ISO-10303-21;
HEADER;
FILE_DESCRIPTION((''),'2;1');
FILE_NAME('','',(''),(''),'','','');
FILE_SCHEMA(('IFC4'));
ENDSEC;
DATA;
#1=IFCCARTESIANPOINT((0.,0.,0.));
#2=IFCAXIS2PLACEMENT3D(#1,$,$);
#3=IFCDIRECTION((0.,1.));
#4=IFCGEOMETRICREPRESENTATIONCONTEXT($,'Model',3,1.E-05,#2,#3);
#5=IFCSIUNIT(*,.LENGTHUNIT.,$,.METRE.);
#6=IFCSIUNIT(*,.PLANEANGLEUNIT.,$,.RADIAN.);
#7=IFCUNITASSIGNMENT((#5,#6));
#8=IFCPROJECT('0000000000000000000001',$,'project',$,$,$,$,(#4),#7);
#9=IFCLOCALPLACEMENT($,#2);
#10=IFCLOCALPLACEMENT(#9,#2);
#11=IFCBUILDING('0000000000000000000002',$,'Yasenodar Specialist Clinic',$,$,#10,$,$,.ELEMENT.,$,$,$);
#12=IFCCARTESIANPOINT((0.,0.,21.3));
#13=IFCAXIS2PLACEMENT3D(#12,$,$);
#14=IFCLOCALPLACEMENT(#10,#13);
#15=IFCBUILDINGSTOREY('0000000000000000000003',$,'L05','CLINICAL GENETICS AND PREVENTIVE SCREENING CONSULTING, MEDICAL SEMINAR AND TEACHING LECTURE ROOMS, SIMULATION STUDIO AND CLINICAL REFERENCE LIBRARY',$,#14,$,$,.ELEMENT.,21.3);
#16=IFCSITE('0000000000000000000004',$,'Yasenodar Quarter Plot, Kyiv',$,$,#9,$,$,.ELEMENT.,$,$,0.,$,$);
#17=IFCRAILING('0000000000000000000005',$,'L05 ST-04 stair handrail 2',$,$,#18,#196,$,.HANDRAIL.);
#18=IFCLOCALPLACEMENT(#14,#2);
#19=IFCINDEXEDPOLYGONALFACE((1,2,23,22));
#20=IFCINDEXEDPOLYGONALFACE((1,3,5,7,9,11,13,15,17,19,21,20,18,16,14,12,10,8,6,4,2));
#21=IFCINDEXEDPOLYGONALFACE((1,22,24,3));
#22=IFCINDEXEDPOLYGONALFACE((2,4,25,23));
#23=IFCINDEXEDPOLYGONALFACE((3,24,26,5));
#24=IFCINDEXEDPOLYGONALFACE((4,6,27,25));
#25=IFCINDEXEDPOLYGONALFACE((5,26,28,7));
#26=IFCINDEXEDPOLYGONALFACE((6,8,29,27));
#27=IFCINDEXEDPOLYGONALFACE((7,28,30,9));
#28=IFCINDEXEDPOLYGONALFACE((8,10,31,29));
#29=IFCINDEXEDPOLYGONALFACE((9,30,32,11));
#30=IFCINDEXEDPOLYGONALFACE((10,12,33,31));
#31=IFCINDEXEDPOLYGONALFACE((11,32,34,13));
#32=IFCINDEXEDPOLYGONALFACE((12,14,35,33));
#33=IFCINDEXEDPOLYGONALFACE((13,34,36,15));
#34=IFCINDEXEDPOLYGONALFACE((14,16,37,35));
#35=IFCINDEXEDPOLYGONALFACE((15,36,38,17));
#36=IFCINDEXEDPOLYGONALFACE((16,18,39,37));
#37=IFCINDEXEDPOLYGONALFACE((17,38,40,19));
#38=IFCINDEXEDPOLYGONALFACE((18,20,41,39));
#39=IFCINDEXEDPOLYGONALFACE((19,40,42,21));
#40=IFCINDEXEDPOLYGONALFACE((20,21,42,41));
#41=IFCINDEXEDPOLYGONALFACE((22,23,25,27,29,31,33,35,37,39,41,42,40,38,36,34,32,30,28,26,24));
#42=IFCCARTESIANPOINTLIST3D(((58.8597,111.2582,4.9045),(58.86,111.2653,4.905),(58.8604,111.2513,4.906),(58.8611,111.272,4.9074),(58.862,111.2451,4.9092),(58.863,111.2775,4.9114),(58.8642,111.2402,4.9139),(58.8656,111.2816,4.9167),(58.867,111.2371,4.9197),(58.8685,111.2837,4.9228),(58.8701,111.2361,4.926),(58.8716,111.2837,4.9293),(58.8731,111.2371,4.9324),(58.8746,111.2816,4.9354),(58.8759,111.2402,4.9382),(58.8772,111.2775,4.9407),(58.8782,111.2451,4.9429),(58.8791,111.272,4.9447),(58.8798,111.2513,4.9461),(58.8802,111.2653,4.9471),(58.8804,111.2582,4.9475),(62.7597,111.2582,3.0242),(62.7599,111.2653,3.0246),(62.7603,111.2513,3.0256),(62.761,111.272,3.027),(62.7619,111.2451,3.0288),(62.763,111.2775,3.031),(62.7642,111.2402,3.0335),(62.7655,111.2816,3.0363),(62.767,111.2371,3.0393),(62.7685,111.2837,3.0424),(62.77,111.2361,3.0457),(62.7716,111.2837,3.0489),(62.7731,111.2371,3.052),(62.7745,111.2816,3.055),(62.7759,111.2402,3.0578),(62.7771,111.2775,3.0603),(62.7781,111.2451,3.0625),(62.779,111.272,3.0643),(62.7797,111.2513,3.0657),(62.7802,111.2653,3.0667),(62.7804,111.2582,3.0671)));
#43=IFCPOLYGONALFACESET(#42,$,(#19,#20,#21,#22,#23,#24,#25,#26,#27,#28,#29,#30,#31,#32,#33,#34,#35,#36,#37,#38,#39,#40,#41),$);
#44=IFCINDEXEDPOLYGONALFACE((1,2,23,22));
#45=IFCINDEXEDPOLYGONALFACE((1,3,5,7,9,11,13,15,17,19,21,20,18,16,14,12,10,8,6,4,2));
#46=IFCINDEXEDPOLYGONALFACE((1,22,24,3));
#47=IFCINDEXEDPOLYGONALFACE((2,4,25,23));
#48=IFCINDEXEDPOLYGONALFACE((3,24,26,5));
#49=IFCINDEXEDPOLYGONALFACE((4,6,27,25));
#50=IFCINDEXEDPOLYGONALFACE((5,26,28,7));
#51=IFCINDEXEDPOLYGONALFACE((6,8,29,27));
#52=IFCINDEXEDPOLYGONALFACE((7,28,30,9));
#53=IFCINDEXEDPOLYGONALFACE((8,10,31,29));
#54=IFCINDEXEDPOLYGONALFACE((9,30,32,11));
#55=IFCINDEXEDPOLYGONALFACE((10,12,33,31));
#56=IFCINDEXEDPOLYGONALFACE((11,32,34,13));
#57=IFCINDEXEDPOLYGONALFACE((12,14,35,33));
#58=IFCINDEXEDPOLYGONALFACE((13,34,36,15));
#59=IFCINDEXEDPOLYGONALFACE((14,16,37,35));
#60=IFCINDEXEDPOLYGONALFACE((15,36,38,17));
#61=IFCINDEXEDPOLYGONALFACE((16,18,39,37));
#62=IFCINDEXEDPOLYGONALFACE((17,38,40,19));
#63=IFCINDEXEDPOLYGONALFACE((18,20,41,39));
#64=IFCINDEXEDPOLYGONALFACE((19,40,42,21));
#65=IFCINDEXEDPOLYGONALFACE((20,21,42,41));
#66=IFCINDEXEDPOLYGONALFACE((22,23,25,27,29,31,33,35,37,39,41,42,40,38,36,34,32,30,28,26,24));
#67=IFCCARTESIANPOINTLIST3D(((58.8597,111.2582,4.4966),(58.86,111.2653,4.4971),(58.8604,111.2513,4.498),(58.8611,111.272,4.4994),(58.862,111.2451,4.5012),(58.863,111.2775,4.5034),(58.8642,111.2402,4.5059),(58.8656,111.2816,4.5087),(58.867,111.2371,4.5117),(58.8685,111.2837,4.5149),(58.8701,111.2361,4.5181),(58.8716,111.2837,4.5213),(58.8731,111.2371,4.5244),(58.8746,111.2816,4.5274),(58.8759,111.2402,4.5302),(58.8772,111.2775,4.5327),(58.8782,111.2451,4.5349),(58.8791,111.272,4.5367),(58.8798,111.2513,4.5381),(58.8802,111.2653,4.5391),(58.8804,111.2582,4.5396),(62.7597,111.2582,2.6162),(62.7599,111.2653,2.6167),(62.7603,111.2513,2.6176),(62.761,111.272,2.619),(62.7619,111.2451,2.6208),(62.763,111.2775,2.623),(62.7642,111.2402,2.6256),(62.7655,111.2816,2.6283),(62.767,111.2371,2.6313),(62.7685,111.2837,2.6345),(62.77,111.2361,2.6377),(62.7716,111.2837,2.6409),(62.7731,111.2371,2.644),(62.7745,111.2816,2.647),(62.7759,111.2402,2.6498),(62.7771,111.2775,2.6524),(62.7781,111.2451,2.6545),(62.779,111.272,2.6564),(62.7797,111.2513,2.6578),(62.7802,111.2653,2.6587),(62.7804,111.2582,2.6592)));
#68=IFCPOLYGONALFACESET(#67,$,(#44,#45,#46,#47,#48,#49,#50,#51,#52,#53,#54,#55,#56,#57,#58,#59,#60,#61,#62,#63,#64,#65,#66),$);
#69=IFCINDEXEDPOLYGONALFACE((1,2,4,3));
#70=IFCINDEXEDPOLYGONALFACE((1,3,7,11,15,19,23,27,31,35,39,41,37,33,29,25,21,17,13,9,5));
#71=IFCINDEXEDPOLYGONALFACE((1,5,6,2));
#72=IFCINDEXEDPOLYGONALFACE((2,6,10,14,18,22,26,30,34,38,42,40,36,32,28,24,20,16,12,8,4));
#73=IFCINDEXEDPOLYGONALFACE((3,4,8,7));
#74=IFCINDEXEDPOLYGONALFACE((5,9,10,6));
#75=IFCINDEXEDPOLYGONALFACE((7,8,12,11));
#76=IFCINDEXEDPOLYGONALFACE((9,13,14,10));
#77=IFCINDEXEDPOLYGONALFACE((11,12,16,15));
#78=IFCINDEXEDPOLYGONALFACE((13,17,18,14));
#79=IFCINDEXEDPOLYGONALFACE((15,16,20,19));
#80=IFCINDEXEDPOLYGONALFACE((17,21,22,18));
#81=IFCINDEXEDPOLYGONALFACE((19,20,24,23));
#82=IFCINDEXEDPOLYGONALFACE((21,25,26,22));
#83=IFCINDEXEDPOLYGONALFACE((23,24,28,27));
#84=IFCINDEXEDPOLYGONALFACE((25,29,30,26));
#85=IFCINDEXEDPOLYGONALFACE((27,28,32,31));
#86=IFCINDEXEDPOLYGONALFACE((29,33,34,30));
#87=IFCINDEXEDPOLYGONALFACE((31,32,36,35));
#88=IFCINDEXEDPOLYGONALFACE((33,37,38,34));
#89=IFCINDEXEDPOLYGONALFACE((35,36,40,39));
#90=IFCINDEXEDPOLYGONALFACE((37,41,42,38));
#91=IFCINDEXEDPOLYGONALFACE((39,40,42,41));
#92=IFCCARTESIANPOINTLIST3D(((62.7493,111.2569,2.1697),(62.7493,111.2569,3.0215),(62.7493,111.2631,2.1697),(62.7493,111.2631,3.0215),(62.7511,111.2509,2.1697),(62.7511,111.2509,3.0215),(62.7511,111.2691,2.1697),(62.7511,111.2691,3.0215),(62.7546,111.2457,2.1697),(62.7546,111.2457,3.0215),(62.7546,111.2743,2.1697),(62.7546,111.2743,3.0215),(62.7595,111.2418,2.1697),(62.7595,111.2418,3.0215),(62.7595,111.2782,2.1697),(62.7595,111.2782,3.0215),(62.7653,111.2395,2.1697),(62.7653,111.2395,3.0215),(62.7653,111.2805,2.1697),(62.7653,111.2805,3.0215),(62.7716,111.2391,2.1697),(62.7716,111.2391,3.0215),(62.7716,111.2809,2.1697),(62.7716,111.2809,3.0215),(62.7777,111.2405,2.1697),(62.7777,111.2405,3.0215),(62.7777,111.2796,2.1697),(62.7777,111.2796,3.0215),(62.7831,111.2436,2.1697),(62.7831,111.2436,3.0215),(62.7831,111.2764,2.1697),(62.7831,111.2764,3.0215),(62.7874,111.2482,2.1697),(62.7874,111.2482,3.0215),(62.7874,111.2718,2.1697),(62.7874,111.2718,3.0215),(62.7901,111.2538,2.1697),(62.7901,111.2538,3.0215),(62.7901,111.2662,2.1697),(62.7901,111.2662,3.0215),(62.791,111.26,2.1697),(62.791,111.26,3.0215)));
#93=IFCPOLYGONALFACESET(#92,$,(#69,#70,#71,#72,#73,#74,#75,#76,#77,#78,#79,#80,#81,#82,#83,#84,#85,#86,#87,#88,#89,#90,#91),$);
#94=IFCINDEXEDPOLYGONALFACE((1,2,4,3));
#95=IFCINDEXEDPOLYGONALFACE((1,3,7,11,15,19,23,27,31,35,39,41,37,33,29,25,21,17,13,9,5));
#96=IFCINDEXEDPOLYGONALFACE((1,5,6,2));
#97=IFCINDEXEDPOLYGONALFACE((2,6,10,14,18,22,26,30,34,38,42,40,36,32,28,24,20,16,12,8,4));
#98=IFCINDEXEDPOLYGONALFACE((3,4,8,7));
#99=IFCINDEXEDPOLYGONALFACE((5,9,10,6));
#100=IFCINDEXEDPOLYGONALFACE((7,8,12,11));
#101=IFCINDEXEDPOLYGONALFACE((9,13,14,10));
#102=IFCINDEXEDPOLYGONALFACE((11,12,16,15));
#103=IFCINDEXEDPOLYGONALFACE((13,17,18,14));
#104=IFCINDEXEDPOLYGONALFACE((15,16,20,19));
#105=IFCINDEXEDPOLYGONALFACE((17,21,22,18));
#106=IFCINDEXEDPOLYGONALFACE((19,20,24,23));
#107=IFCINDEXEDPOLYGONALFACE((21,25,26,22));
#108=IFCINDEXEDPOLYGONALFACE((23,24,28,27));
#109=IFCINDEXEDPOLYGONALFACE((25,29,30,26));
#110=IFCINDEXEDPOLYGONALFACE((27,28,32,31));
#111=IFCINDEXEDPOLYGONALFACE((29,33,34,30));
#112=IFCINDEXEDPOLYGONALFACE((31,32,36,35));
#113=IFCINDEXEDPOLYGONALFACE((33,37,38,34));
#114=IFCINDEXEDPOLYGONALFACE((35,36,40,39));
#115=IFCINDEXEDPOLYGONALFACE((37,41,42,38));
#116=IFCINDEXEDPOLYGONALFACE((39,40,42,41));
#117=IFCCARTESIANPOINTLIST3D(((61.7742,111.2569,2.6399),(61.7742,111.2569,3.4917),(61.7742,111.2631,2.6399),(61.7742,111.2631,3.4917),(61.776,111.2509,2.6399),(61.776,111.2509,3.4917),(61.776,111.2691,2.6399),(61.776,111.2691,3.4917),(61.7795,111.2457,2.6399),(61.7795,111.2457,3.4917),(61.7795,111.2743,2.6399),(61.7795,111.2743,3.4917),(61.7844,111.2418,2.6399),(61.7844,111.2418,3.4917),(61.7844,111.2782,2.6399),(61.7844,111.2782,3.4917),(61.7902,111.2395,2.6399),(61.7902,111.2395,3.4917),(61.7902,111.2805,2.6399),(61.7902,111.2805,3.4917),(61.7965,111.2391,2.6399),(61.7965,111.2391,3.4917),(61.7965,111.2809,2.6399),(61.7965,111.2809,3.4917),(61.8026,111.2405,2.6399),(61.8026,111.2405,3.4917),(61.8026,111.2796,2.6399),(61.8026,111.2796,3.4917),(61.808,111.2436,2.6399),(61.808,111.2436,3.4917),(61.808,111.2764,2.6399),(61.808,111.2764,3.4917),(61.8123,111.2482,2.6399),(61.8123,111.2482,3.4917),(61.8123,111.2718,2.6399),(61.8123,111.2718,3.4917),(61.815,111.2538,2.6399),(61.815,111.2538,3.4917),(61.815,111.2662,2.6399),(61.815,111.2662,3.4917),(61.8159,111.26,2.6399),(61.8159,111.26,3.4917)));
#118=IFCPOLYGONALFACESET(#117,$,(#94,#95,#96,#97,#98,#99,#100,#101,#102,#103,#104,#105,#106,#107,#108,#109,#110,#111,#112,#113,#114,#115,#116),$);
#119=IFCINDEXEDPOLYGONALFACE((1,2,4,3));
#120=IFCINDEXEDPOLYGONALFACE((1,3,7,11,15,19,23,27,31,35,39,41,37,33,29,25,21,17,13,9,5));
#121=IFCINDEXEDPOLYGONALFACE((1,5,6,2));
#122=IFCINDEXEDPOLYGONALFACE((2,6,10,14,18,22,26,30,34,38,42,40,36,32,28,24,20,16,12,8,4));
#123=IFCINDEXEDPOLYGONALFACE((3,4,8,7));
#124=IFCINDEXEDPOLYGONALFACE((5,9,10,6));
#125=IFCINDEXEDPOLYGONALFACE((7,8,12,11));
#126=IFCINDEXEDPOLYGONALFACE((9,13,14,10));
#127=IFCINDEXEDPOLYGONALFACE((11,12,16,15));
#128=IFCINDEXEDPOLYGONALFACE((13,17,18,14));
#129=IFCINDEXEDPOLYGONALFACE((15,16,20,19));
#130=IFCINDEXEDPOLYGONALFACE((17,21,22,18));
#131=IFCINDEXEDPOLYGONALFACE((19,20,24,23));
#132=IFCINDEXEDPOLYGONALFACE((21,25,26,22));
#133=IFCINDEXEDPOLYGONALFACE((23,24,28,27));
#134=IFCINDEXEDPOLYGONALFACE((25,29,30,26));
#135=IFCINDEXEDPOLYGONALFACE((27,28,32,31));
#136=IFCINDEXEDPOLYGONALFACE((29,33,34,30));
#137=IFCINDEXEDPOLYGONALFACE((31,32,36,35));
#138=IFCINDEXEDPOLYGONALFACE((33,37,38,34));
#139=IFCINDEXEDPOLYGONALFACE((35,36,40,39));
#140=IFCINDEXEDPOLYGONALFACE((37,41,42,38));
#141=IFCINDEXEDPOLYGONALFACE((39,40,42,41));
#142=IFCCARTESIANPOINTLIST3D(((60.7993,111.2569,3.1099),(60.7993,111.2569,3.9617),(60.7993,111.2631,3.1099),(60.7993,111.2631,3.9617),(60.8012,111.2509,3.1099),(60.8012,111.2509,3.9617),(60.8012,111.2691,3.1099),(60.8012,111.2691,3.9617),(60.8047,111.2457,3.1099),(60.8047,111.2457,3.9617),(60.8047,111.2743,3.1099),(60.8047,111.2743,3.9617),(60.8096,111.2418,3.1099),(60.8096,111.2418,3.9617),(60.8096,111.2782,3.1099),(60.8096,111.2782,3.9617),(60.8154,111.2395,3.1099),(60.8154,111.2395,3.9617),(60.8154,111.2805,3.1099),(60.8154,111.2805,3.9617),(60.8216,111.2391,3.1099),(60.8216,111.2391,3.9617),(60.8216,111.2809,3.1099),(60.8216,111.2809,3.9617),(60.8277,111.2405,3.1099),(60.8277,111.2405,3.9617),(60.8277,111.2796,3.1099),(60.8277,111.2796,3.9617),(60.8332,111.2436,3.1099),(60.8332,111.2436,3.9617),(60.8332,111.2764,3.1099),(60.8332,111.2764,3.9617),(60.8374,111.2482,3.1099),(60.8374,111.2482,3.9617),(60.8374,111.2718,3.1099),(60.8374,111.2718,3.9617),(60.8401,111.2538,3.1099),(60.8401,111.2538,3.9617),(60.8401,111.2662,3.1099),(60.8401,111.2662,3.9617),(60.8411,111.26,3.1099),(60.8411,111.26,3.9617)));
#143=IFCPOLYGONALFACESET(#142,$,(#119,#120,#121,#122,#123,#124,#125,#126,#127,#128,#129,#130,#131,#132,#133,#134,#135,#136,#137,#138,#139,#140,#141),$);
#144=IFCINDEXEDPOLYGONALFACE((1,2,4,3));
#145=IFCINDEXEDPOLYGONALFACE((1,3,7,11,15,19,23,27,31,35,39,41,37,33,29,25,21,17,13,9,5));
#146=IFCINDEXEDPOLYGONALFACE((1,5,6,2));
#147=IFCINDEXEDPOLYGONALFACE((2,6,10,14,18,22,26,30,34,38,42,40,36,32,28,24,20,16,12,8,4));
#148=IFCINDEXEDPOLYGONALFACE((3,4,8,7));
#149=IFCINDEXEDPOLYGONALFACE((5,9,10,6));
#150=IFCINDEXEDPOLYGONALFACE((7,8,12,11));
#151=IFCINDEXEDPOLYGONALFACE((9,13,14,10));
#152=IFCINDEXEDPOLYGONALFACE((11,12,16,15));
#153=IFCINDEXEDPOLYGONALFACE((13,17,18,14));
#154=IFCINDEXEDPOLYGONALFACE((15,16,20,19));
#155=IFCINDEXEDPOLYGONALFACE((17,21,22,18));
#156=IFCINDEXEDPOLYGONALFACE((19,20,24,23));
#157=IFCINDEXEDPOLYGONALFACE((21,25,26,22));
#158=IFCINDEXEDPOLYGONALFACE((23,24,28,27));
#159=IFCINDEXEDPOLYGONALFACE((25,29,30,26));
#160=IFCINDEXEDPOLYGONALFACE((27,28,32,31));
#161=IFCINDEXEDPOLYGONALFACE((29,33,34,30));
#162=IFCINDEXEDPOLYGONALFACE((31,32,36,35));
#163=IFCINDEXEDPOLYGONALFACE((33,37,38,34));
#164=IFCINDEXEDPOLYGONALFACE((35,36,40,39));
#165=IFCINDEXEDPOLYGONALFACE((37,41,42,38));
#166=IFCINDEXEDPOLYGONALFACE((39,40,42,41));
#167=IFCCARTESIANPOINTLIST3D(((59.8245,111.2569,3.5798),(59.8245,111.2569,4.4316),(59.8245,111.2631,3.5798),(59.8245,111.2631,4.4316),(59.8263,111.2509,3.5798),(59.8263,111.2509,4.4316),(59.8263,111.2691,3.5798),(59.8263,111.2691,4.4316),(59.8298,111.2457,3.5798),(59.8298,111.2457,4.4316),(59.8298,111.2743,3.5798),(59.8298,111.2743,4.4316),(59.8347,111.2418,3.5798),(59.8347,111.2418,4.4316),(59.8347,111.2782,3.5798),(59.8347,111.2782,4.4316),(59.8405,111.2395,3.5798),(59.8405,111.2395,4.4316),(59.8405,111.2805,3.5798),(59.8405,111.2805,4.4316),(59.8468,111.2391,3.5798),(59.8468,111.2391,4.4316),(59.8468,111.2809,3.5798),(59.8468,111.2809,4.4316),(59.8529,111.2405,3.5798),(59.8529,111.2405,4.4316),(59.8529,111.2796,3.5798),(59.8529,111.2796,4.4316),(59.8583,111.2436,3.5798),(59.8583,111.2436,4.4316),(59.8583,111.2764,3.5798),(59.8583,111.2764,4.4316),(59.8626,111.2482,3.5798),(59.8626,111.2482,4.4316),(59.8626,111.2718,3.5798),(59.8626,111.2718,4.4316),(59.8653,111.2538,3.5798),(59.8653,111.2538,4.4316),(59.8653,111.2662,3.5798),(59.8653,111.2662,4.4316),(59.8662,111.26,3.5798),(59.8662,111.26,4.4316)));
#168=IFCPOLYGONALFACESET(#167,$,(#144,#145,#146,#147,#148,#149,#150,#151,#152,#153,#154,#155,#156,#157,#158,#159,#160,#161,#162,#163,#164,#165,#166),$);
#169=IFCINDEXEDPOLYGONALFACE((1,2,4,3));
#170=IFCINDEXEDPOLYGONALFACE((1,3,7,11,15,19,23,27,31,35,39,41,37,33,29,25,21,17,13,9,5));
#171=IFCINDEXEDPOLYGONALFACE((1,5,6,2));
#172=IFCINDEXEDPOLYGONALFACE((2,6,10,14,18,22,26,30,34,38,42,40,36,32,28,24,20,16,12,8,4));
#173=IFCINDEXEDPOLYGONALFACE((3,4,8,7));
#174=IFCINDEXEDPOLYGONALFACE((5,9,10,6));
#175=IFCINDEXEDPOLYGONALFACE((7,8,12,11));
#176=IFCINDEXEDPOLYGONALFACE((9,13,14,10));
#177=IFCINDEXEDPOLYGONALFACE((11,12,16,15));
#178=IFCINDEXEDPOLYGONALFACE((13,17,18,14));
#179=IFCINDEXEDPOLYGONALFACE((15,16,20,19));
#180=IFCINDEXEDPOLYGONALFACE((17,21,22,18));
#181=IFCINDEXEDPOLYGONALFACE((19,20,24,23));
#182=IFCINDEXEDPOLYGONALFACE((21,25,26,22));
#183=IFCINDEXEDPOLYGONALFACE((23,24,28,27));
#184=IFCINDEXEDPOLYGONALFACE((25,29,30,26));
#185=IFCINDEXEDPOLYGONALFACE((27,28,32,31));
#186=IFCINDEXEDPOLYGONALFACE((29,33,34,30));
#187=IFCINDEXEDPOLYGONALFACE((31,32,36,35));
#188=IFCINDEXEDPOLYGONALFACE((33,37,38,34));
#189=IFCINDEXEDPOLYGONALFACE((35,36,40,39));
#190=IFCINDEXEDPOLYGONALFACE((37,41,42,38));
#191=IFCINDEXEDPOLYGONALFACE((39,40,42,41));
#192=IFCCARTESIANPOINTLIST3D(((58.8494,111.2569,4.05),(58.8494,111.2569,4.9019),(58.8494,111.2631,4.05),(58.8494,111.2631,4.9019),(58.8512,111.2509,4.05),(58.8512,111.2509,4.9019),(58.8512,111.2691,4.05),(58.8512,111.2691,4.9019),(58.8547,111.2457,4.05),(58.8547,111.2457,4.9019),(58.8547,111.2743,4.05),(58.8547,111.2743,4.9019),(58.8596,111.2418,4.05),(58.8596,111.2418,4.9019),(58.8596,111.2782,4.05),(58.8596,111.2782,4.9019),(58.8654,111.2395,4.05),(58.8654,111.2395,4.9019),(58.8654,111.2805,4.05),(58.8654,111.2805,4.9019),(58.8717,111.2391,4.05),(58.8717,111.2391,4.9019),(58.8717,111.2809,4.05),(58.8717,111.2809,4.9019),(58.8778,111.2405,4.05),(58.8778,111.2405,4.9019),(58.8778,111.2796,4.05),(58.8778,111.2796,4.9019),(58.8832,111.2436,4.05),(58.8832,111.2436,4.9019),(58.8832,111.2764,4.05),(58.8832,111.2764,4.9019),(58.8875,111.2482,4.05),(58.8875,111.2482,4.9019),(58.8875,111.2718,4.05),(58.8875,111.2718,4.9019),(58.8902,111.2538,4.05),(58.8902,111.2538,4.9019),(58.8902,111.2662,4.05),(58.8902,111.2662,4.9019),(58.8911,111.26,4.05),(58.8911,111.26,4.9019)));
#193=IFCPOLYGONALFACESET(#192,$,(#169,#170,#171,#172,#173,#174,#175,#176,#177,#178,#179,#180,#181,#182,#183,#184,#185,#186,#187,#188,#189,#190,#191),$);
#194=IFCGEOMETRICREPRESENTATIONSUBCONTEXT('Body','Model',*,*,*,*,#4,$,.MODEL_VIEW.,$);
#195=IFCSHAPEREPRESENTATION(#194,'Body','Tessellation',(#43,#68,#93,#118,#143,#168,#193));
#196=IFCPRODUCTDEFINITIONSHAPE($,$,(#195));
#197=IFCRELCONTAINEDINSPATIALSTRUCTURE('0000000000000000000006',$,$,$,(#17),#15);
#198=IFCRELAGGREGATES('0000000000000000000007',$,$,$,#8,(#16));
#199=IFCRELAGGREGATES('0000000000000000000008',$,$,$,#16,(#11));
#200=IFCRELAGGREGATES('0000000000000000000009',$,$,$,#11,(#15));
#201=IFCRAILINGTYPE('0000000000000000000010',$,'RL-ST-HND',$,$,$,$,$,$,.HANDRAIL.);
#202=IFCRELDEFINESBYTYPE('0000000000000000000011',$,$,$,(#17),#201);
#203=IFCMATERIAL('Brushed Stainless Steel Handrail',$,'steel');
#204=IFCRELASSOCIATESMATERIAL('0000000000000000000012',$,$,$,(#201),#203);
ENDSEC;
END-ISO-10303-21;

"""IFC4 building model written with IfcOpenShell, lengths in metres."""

from ifc_helpers import new_model, si_unit, direction, frame, origin, origin_2d, place, context, subcontext, project, spatial, circle, extrude, material, type_object, element, save


model = new_model("IFC4")

# Units and contexts
model_context = context("Model", 3, precision=1e-05, world=origin(), true_north=direction((0.0, 1.0)))
body_context = subcontext(model_context, "Body", "Model", "MODEL_VIEW")
ifc_project = project(units=[si_unit("LENGTHUNIT", "METRE"), si_unit("PLANEANGLEUNIT", "RADIAN")], contexts=[model_context])

# Site, building, storey
site_placement = place(None, origin())
site = spatial("IfcSite", under=ifc_project, at=site_placement, Name="Yasenodar Quarter Plot, Kyiv", CompositionType="ELEMENT", RefElevation=0.0)
building_placement = place(site_placement, origin())
building = spatial("IfcBuilding", under=site, at=building_placement, Name="Yasenodar Specialist Clinic", CompositionType="ELEMENT")
storey_placement = place(building_placement, frame((0.0, 0.0, 21.3)))
storey = spatial("IfcBuildingStorey", under=building, at=storey_placement, Name="L05", Description="CLINICAL GENETICS AND PREVENTIVE SCREENING CONSULTING, MEDICAL SEMINAR AND TEACHING LECTURE ROOMS, SIMULATION STUDIO AND CLINICAL REFERENCE LIBRARY", CompositionType="ELEMENT", Elevation=21.3)

# Railing
ifc_material_1 = material(Name="Brushed Stainless Steel Handrail", Category="steel")
railing_type_1 = type_object("IfcRailingType", Name="RL-ST-HND", PredefinedType="HANDRAIL", material=ifc_material_1)
railing_1_placement = place(storey_placement, frame((62.77, 111.26, 2.1697)))
element("IfcRailing", 1, at=railing_1_placement, inside=storey, type_object=railing_type_1, Name="L05 ST-04 stair handrail 2", PredefinedType="HANDRAIL", context=body_context, shape_type="SweptSolid", body=[
    extrude(circle(Radius=0.0239, at=origin_2d()), frame((0.0, 0.0, 0.876), z_axis=(-0.900763, 0.0, 0.434311), x_axis=(0.0, -1.0, 0.0)), (0.0, 0.0, 1.0), 4.3296),
    extrude(circle(Radius=0.0239, at=origin_2d()), frame((0.0, 0.0, 0.468), z_axis=(-0.900763, 0.0, 0.434311), x_axis=(0.0, -1.0, 0.0)), (0.0, 0.0, 1.0), 4.3296),
    extrude(circle(Radius=0.021, at=origin_2d()), origin(), (0.0, 0.0, 1.0), 0.8518),
    extrude(circle(Radius=0.021, at=origin_2d()), frame((-0.9751, 0.0, 0.4702)), (0.0, 0.0, 1.0), 0.8518),
    extrude(circle(Radius=0.021, at=origin_2d()), frame((-1.95, 0.0, 0.9402)), (0.0, 0.0, 1.0), 0.8518),
    extrude(circle(Radius=0.021, at=origin_2d()), frame((-2.9248, 0.0, 1.4102)), (0.0, 0.0, 1.0), 0.8518),
    extrude(circle(Radius=0.021, at=origin_2d()), frame((-3.8999, 0.0, 1.8804)), (0.0, 0.0, 1.0), 0.8518),
])

save(model, "model.ifc")
